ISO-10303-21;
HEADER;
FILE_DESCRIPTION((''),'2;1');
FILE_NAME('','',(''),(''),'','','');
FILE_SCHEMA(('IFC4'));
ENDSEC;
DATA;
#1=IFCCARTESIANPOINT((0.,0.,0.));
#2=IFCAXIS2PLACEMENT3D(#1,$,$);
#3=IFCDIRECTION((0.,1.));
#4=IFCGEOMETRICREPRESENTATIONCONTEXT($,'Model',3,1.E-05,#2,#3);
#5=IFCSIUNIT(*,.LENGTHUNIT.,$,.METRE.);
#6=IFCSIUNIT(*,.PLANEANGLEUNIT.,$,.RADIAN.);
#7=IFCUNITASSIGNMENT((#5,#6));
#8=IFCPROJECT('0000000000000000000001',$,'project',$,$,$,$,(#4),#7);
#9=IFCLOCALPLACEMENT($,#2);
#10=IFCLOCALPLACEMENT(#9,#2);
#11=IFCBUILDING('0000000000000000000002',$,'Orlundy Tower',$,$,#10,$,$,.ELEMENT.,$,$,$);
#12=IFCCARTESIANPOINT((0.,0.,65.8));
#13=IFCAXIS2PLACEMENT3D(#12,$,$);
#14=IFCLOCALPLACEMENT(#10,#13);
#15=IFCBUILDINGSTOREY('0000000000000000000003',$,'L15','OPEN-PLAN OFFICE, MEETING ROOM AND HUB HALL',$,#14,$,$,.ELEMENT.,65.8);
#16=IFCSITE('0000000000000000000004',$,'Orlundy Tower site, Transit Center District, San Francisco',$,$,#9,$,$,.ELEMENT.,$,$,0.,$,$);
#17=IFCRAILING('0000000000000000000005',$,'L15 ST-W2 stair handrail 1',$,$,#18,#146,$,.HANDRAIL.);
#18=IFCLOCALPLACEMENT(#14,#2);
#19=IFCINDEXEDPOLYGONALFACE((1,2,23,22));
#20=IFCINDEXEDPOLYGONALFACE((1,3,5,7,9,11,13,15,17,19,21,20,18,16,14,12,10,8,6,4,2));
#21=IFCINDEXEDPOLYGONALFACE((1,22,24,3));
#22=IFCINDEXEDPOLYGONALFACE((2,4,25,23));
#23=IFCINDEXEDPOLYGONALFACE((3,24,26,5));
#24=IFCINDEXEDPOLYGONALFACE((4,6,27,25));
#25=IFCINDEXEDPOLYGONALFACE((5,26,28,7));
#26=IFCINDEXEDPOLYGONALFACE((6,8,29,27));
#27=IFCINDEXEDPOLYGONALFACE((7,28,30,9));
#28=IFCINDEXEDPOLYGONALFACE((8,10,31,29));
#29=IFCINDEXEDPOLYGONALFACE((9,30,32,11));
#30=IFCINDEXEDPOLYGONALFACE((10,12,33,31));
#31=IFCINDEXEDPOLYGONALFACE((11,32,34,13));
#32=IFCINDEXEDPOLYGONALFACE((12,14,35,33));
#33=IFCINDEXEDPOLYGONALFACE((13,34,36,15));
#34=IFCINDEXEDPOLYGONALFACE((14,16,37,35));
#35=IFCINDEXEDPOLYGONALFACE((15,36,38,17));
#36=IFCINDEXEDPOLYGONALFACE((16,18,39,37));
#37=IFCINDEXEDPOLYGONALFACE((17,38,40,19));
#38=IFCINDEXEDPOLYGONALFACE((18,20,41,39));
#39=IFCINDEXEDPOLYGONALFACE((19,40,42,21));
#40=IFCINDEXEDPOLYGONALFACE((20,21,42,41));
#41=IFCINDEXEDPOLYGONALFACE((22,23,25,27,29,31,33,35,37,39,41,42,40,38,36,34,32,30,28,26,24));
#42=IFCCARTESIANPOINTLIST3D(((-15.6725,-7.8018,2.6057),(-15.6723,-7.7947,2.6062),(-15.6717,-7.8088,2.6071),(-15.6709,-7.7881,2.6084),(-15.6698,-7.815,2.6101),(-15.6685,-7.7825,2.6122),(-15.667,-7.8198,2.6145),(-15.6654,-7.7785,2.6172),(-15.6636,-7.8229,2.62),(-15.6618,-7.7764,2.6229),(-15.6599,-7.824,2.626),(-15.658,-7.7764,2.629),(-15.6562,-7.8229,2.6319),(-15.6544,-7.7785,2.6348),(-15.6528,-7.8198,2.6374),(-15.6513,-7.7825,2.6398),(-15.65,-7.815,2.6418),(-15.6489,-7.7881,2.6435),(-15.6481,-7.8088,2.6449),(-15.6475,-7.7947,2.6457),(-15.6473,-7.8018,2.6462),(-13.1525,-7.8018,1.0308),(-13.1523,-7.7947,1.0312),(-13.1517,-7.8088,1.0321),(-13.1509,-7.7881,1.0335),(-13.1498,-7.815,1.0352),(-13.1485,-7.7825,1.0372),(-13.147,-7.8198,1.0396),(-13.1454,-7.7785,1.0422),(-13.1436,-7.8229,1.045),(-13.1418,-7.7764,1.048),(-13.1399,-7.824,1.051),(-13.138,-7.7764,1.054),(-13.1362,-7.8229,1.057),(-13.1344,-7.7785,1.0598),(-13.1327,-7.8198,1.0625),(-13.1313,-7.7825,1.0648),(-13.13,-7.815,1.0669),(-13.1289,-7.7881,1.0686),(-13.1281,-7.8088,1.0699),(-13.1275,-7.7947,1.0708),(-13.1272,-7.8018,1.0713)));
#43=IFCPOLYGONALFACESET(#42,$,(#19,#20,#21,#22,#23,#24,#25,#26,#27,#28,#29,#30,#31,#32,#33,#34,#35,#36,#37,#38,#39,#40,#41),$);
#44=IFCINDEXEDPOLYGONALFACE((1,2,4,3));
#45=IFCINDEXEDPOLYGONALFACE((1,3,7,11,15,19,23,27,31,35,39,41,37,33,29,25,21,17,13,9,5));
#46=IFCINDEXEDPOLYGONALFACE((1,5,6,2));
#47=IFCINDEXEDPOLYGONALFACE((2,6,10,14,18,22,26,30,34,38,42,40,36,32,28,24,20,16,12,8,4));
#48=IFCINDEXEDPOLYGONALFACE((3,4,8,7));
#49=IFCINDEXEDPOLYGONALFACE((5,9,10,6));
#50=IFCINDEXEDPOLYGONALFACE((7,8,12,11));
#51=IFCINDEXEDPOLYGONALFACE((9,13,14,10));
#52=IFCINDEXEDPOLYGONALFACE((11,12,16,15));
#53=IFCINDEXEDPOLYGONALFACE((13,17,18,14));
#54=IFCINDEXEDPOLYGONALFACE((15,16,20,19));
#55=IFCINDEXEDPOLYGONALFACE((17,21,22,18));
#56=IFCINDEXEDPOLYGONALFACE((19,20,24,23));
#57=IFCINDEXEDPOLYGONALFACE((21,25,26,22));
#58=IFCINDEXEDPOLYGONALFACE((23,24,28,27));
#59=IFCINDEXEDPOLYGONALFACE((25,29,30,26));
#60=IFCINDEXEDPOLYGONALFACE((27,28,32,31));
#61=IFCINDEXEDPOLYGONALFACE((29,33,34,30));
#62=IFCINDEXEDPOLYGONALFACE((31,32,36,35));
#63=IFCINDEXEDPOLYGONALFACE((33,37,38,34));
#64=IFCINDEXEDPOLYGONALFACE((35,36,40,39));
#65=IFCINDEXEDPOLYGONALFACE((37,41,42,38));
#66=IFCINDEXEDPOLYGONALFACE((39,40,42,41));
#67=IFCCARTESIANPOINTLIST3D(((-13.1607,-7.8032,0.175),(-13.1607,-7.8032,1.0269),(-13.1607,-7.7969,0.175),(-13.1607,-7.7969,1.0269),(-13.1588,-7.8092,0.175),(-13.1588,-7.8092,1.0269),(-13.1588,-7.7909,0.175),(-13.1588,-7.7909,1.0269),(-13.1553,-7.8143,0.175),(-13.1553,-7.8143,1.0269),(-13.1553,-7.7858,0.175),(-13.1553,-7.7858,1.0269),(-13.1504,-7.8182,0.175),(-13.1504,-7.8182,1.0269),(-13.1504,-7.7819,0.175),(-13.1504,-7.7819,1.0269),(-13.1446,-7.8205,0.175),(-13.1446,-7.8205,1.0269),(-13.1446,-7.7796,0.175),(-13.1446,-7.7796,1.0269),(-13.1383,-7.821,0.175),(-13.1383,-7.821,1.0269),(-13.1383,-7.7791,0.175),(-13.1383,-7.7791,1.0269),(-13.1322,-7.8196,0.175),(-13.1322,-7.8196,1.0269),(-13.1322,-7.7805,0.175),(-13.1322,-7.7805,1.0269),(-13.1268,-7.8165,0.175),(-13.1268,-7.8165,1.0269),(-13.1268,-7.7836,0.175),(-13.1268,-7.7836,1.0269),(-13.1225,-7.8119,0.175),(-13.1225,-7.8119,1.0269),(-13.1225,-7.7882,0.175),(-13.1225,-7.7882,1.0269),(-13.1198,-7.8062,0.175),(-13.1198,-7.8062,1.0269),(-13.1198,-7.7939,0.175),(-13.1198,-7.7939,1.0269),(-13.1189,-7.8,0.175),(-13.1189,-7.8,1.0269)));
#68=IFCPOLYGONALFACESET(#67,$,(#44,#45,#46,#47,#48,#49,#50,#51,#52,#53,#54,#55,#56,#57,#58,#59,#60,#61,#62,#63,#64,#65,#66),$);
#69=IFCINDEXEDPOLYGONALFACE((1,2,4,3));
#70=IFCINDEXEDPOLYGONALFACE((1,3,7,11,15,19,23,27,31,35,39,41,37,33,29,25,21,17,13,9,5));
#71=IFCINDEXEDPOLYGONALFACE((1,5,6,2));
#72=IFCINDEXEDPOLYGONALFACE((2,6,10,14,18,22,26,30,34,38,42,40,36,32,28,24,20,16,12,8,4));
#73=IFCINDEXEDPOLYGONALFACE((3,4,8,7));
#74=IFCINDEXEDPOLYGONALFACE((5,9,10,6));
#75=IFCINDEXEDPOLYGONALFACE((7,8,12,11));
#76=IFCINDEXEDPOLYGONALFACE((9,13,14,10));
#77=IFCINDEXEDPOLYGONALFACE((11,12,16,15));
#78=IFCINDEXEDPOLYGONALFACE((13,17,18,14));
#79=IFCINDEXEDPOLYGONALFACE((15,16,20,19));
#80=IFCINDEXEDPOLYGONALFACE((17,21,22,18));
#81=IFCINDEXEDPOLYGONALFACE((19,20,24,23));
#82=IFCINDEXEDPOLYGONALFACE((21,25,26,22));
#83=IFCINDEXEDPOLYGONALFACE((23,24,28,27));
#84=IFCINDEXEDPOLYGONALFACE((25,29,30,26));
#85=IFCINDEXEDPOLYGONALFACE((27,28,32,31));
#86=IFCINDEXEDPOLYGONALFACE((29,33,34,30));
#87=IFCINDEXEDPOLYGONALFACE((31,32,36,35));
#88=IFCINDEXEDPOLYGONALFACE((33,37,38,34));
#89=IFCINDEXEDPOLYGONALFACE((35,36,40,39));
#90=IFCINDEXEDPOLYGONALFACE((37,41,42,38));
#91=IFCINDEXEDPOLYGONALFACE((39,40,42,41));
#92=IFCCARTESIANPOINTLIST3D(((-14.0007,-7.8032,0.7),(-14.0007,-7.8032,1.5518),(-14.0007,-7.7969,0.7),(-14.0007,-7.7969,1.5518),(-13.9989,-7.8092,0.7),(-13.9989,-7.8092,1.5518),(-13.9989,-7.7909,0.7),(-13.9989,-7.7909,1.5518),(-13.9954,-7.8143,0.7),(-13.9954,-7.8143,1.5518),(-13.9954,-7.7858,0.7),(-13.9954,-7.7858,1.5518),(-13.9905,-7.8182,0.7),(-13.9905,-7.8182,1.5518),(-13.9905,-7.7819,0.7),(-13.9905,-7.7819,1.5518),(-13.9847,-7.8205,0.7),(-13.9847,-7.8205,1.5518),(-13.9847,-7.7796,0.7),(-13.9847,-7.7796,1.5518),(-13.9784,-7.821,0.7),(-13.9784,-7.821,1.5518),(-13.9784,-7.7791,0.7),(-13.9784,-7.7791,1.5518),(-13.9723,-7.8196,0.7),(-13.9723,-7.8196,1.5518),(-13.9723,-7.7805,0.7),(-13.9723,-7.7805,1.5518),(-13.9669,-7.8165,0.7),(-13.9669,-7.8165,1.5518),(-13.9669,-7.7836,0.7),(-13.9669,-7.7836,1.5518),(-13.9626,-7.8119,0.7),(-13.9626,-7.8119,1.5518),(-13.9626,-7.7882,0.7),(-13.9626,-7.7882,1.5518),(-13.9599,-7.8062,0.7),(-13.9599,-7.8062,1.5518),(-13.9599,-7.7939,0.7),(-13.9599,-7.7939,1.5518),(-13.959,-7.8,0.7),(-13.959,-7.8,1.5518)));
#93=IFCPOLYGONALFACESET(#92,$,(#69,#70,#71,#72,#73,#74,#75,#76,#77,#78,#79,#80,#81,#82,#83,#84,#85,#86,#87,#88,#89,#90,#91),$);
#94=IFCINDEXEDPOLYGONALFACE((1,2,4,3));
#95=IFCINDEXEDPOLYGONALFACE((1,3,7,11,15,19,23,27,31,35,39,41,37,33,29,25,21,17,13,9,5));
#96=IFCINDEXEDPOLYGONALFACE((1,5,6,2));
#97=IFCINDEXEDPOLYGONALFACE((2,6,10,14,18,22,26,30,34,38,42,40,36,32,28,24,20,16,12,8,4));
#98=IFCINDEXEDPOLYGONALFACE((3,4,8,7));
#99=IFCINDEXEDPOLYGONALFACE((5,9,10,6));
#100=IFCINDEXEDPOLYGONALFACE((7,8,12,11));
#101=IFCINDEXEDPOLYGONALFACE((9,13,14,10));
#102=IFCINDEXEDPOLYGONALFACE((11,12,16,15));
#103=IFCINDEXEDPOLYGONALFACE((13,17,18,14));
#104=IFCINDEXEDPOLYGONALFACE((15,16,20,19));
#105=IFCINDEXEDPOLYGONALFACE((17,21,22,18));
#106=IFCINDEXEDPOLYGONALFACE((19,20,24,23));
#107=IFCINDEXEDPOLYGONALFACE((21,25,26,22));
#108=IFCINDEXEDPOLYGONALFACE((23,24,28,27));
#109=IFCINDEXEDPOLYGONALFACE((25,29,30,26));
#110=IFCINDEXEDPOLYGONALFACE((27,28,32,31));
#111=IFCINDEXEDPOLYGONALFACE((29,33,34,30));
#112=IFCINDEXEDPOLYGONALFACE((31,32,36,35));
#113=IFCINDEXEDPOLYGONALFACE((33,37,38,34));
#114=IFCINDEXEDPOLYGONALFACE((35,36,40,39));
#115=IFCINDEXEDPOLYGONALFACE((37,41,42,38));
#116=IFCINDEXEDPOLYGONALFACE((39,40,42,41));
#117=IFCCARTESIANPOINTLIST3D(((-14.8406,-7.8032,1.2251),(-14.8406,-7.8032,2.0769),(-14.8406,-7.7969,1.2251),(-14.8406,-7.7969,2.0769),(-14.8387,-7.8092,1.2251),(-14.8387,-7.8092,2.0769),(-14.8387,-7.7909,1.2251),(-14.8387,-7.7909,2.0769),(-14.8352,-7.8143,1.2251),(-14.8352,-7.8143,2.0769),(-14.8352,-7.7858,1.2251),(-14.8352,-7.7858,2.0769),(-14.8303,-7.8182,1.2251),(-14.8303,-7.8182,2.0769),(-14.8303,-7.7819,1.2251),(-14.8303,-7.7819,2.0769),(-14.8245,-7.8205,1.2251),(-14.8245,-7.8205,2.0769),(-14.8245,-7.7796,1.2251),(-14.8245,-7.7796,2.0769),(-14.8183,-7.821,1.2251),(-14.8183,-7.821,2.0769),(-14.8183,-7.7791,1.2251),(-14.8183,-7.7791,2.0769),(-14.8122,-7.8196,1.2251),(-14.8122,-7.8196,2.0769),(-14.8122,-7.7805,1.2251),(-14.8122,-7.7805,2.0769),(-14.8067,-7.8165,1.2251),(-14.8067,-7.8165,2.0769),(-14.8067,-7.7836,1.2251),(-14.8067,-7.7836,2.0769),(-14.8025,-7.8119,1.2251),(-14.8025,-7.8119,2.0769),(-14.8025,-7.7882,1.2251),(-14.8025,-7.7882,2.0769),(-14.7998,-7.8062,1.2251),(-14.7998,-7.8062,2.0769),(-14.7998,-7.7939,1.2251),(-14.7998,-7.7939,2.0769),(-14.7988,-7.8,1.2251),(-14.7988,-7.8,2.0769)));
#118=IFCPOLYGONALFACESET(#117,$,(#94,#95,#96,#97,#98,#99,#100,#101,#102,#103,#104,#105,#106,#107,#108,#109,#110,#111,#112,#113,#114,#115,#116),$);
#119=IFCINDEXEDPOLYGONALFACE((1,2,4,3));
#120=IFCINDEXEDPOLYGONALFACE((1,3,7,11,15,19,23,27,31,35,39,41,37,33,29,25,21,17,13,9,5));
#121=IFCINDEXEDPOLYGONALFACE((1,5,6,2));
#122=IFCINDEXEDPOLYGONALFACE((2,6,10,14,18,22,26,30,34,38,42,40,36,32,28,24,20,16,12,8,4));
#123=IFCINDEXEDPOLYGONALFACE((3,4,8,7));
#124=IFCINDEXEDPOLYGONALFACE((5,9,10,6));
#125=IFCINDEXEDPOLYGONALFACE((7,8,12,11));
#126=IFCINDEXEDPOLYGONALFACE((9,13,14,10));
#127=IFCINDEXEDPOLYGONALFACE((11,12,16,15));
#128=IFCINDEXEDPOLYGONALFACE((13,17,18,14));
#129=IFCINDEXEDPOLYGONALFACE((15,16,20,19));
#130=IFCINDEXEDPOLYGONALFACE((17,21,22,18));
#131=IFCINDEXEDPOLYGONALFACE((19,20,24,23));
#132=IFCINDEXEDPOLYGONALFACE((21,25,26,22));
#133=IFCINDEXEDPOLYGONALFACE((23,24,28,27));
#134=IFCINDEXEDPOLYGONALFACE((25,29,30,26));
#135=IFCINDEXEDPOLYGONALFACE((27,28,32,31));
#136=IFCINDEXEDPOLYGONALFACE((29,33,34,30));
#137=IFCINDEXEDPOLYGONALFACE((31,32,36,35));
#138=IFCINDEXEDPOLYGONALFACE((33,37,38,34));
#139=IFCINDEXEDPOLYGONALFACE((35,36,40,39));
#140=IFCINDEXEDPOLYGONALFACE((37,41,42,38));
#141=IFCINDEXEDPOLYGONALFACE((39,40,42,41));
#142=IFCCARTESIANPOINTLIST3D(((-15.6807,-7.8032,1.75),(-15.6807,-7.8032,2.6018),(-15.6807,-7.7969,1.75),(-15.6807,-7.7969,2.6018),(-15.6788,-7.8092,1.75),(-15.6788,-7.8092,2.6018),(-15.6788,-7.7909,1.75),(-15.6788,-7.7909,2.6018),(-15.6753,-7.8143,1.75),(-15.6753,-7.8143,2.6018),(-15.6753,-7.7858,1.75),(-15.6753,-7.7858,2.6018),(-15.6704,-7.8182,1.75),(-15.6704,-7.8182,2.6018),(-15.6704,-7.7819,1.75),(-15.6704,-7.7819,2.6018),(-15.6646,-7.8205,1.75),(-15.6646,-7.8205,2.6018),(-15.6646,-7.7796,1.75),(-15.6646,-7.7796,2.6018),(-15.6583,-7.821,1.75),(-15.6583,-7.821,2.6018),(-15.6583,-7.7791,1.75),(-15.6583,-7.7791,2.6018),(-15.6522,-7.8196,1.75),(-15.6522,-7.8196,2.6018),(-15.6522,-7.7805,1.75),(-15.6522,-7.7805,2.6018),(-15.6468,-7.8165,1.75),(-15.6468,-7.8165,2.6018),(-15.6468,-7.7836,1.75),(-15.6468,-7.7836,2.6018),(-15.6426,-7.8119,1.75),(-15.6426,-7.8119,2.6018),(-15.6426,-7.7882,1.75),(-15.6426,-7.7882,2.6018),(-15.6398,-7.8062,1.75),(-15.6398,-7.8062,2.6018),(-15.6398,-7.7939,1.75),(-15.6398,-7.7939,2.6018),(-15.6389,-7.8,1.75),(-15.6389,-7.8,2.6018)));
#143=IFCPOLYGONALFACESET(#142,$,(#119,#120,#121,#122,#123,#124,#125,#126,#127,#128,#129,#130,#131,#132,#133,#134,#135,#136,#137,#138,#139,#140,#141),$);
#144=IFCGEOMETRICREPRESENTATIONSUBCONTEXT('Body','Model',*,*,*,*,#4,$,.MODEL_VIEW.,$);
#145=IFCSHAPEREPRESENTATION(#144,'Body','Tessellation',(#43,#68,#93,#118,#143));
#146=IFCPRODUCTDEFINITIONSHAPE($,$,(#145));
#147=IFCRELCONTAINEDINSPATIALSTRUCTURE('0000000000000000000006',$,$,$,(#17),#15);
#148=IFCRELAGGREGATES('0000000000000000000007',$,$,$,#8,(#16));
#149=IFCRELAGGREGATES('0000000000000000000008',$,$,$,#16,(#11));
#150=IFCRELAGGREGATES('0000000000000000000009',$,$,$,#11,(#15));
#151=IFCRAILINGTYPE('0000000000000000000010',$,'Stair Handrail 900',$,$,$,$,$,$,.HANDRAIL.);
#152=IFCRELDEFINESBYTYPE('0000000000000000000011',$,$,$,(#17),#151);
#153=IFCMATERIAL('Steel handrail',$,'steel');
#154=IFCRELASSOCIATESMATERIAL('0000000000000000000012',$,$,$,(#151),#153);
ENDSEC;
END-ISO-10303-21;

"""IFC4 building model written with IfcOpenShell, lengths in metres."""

from ifc_helpers import new_model, si_unit, direction, frame, origin, origin_2d, place, context, subcontext, project, spatial, circle, extrude, material, type_object, element, save


model = new_model("IFC4")

# Units and contexts
model_context = context("Model", 3, precision=1e-05, world=origin(), true_north=direction((0.0, 1.0)))
body_context = subcontext(model_context, "Body", "Model", "MODEL_VIEW")
ifc_project = project(units=[si_unit("LENGTHUNIT", "METRE"), si_unit("PLANEANGLEUNIT", "RADIAN")], contexts=[model_context])

# Site, building, storey
site_placement = place(None, origin())
site = spatial("IfcSite", under=ifc_project, at=site_placement, Name="Orlundy Tower site, Transit Center District, San Francisco", CompositionType="ELEMENT", RefElevation=0.0)
building_placement = place(site_placement, origin())
building = spatial("IfcBuilding", under=site, at=building_placement, Name="Orlundy Tower", CompositionType="ELEMENT")
storey_placement = place(building_placement, frame((0.0, 0.0, 65.8)))
storey = spatial("IfcBuildingStorey", under=building, at=storey_placement, Name="L15", Description="OPEN-PLAN OFFICE, MEETING ROOM AND HUB HALL", CompositionType="ELEMENT", Elevation=65.8)

# Railing
ifc_material_1 = material(Name="Steel handrail", Category="steel")
railing_type_1 = type_object("IfcRailingType", Name="Stair Handrail 900", PredefinedType="HANDRAIL", material=ifc_material_1)
railing_1_placement = place(storey_placement, frame((-13.1399, -7.8, 0.175)))
element("IfcRailing", 1, at=railing_1_placement, inside=storey, type_object=railing_type_1, Name="L15 ST-W2 stair handrail 1", PredefinedType="HANDRAIL", context=body_context, shape_type="SweptSolid", body=[
    extrude(circle(Radius=0.0239, at=origin_2d()), frame((0.0, 0.0, 0.876), z_axis=(-0.848008, 0.0, 0.529984), x_axis=(0.0, -1.0, 0.0)), (0.0, 0.0, 1.0), 2.9717),
    extrude(circle(Radius=0.021, at=origin_2d()), origin(), (0.0, 0.0, 1.0), 0.8518),
    extrude(circle(Radius=0.021, at=origin_2d()), frame((-0.8401, 0.0, 0.5249)), (0.0, 0.0, 1.0), 0.8518),
    extrude(circle(Radius=0.021, at=origin_2d()), frame((-1.6799, 0.0, 1.05)), (0.0, 0.0, 1.0), 0.8518),
    extrude(circle(Radius=0.021, at=origin_2d()), frame((-2.52, 0.0, 1.575)), (0.0, 0.0, 1.0), 0.8518),
])

save(model, "model.ifc")
